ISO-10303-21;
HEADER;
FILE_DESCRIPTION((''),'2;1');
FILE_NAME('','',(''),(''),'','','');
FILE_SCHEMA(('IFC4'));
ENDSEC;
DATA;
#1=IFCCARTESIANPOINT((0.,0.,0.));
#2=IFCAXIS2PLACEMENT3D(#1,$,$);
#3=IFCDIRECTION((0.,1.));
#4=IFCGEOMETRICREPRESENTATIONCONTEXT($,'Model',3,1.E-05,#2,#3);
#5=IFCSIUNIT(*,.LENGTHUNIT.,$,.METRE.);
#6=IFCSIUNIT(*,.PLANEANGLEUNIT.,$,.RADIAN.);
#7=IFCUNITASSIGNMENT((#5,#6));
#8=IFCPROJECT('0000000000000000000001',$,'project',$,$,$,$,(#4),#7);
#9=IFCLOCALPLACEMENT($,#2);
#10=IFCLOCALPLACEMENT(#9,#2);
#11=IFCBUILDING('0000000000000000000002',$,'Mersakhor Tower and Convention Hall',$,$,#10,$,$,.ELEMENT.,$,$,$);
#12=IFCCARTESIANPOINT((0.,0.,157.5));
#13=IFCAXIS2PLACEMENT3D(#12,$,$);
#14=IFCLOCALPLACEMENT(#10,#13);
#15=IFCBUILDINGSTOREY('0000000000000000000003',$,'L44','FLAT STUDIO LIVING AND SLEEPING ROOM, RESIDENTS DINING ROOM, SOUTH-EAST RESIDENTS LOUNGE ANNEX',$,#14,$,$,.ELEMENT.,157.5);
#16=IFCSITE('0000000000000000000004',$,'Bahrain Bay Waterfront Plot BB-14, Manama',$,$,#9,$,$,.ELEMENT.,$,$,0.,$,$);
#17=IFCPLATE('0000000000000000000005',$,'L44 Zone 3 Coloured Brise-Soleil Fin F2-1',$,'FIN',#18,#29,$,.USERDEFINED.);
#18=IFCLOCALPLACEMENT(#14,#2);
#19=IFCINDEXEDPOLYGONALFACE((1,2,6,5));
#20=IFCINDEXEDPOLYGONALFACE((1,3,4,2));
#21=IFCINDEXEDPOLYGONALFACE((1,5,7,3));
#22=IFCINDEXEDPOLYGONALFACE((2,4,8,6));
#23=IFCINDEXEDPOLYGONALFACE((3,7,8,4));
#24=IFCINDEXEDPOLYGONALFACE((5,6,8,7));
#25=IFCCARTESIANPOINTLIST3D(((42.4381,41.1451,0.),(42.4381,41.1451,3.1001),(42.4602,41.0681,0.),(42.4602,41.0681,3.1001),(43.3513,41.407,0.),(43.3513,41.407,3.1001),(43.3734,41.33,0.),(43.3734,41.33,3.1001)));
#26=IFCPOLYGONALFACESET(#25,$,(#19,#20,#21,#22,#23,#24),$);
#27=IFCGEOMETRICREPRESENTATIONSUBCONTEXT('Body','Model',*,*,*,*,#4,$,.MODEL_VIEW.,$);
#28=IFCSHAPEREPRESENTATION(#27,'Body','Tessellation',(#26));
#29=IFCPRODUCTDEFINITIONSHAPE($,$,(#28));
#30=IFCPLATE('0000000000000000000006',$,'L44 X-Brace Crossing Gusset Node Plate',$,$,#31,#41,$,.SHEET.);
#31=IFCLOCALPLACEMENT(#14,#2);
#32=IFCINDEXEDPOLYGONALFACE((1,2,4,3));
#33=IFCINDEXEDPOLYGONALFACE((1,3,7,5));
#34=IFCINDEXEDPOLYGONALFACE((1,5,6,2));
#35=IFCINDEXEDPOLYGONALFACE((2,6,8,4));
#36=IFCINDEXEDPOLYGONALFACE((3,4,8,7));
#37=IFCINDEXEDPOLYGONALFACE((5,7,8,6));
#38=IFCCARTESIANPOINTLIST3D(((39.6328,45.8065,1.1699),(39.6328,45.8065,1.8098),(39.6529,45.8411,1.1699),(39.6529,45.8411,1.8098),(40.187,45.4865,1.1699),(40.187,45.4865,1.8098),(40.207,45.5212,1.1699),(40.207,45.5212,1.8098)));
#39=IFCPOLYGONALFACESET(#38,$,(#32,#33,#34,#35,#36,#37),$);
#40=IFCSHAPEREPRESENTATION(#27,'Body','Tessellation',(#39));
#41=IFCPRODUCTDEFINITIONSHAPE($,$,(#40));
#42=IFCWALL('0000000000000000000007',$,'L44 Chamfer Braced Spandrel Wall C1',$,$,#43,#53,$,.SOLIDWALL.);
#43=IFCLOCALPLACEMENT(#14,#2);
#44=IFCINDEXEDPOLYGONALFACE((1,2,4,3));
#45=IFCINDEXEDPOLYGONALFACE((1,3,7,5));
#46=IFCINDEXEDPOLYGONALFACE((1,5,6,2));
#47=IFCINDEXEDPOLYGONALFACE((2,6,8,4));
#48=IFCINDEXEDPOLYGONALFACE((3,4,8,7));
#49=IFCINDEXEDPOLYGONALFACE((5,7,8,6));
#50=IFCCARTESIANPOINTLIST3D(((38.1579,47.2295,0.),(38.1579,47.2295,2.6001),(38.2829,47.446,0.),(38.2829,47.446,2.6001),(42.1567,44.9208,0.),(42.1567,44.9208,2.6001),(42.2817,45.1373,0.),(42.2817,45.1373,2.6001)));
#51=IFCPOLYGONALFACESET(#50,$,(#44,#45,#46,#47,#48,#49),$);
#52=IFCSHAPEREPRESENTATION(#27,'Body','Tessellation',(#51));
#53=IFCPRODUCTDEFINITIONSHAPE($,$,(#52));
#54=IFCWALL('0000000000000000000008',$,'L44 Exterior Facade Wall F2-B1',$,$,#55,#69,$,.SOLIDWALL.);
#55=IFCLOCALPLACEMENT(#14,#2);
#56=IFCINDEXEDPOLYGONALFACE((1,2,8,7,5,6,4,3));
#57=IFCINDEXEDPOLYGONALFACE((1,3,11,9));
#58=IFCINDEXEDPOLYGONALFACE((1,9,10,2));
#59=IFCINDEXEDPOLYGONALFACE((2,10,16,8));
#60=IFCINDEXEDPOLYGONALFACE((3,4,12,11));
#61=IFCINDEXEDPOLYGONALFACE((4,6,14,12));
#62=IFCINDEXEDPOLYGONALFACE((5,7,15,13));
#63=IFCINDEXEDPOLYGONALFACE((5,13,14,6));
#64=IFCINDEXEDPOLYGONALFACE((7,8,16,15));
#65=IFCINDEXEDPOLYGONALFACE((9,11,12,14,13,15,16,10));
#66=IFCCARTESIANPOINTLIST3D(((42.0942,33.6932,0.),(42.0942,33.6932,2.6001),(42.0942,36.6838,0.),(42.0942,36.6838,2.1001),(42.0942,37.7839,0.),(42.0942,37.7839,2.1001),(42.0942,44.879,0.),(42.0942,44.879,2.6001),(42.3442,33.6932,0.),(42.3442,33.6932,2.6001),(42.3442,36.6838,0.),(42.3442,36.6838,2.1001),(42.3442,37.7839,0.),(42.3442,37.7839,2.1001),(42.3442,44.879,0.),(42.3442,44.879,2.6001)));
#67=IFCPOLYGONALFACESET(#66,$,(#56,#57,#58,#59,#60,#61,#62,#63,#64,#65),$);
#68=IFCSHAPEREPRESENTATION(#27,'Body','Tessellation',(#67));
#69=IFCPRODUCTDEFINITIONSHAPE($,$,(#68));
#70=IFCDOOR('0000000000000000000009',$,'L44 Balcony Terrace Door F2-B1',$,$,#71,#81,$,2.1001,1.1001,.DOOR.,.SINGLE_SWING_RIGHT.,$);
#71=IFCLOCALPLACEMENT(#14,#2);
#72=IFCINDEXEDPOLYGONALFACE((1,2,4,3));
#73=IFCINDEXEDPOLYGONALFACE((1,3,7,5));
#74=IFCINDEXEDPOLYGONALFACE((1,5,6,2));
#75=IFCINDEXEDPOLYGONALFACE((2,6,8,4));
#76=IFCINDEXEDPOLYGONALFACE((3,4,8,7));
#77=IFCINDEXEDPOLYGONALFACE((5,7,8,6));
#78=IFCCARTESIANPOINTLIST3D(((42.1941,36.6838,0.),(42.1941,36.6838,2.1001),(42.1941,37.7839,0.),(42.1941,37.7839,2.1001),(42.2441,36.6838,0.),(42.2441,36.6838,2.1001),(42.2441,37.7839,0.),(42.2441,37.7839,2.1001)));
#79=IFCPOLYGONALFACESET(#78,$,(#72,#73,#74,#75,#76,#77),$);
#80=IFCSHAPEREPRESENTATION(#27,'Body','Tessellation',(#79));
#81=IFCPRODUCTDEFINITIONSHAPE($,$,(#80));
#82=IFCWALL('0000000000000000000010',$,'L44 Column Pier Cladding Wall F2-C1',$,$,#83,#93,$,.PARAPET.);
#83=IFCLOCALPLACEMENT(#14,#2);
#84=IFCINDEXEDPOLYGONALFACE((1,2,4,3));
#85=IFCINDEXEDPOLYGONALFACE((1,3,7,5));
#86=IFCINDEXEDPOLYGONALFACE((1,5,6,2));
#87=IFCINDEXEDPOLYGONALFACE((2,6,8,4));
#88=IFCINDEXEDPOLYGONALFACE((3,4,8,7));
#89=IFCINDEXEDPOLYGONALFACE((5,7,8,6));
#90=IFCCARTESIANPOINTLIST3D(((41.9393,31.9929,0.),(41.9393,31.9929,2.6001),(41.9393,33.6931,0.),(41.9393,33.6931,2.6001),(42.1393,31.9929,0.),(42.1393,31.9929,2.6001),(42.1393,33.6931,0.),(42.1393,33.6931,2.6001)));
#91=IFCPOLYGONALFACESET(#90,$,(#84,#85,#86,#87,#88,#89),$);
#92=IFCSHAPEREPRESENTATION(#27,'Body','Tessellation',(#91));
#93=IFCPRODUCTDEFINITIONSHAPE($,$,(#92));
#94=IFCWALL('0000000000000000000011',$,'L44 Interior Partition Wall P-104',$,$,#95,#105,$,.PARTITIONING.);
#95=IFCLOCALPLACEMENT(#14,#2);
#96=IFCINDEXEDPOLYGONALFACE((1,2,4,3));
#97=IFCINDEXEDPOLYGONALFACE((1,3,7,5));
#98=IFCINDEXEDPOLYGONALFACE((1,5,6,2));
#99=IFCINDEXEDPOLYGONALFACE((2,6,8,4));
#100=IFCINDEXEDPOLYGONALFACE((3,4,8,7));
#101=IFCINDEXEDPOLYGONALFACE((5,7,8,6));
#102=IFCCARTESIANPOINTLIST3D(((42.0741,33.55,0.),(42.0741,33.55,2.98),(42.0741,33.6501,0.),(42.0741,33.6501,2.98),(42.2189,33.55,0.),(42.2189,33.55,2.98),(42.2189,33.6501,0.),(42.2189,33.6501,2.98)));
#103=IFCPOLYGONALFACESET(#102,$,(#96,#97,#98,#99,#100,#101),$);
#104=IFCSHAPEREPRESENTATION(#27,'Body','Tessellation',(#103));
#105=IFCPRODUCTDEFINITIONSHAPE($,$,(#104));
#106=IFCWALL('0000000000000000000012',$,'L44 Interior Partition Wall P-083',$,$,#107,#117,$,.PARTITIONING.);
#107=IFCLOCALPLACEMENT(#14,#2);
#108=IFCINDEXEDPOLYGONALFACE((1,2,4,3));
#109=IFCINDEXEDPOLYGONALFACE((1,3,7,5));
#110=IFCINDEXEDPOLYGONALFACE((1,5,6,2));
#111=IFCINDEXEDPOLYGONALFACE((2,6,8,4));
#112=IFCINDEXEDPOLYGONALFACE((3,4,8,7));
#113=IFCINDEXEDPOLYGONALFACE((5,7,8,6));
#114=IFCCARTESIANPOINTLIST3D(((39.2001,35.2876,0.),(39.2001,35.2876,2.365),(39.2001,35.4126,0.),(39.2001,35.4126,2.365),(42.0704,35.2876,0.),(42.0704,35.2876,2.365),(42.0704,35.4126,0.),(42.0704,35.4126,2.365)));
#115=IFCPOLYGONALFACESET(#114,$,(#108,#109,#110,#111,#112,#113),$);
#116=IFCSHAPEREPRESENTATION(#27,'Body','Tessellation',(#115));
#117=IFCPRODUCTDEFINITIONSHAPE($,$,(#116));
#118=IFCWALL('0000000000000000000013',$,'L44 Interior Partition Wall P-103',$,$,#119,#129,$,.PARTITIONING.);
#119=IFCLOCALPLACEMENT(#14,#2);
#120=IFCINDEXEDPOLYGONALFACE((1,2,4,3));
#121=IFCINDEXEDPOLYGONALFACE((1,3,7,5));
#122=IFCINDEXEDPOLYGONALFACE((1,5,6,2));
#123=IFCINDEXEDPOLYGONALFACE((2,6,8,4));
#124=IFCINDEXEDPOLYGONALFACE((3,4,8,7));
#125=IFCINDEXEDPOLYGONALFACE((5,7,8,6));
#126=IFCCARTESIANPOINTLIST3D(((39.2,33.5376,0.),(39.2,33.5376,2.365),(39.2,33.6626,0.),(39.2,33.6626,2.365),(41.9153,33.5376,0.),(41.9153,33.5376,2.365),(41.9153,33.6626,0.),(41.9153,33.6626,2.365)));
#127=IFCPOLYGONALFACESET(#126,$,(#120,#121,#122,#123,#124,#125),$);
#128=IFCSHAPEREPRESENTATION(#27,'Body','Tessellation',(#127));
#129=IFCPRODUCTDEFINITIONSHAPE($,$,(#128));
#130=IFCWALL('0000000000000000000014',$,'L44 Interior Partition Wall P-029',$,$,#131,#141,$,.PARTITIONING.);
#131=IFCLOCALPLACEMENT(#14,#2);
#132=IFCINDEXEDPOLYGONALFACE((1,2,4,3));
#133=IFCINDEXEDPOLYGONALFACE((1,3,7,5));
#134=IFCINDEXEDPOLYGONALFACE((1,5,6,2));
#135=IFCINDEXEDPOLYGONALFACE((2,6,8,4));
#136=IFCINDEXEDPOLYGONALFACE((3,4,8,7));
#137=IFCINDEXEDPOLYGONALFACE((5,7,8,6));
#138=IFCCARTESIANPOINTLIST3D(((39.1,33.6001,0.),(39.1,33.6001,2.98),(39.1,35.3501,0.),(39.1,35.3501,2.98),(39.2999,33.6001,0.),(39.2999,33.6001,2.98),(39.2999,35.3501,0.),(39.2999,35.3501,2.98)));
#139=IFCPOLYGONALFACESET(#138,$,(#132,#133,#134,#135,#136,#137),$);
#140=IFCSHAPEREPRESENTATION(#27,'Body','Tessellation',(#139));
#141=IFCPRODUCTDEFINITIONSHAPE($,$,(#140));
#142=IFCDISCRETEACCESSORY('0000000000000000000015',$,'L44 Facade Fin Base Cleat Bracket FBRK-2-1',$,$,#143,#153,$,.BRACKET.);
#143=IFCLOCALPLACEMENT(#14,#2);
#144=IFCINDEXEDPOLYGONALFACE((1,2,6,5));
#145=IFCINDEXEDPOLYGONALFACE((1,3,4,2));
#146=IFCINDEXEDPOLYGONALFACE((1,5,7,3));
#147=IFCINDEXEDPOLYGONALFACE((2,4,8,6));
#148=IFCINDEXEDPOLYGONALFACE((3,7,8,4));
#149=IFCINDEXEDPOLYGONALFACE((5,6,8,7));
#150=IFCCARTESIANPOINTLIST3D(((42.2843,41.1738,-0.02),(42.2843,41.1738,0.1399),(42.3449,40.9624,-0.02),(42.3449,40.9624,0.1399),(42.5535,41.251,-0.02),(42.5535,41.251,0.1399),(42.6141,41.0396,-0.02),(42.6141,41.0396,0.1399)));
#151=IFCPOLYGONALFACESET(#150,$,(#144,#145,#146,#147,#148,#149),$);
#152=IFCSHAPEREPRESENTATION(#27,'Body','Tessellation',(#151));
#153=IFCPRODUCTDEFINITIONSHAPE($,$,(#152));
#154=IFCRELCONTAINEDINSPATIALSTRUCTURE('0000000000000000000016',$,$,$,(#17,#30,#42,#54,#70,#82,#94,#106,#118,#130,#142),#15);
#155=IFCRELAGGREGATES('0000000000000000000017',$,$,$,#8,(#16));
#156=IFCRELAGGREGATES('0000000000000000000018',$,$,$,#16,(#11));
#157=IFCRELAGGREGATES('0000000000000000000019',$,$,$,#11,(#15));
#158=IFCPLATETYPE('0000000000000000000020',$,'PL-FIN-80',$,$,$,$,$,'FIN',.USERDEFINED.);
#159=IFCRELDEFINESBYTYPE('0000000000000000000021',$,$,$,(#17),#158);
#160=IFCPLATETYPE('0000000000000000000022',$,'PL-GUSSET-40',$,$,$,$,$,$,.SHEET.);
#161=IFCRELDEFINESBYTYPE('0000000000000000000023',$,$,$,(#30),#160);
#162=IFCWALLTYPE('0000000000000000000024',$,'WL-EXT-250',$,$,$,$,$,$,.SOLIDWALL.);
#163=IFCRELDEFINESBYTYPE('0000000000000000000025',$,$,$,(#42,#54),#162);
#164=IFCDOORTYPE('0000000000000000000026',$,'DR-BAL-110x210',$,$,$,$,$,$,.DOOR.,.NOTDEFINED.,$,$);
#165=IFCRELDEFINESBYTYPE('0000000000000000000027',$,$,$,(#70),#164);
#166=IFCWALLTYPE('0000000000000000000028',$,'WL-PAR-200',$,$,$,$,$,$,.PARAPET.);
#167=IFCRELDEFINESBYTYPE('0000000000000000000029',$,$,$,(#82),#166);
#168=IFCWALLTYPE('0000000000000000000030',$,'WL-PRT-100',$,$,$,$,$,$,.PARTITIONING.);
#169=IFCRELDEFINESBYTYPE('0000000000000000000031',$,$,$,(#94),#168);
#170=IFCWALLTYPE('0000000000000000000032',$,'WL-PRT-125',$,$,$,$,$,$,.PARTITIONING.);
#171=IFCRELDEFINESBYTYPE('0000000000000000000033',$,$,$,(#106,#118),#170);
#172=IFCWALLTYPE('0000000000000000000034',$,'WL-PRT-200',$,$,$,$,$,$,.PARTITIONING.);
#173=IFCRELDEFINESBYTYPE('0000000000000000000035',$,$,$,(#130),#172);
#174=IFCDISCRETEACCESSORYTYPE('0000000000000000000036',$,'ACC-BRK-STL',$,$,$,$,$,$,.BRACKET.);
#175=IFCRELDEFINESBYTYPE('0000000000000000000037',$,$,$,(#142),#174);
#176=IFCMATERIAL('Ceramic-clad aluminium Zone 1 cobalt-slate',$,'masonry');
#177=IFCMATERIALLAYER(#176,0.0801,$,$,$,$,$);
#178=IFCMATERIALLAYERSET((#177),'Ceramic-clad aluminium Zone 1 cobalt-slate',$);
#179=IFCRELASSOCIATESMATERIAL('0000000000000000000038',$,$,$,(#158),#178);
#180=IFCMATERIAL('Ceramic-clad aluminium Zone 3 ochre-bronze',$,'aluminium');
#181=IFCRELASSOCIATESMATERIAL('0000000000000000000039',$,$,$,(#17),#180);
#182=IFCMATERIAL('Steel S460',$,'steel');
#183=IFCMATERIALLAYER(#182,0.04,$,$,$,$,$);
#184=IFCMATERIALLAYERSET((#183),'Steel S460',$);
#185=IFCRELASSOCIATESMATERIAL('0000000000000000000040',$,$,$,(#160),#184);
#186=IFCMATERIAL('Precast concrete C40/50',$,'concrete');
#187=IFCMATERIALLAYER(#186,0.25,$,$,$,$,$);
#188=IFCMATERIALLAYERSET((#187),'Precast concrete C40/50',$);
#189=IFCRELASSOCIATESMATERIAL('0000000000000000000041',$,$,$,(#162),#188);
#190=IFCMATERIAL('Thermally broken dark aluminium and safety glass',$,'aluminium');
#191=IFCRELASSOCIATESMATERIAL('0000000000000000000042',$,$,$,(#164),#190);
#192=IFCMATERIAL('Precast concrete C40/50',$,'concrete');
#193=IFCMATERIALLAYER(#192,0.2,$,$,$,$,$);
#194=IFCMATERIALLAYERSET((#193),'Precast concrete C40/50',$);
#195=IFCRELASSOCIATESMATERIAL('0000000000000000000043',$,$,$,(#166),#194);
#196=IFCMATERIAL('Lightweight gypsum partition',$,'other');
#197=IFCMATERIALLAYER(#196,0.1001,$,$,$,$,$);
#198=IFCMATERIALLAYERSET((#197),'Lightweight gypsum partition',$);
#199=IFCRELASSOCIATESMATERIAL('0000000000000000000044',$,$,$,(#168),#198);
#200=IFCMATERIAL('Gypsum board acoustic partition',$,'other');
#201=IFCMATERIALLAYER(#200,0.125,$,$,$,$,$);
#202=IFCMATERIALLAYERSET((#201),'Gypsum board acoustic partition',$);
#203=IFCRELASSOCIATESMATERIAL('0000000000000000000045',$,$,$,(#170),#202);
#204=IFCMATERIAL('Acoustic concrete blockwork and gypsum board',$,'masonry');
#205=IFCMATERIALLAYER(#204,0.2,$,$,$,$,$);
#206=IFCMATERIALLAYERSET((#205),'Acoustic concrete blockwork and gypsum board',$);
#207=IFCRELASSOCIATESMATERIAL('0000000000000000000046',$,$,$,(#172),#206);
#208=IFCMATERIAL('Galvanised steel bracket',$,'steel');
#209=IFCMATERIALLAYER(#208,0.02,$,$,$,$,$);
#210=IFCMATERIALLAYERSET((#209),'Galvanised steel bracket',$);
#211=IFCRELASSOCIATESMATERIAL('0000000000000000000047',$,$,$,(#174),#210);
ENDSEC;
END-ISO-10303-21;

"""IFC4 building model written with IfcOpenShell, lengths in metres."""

from ifc_helpers import new_model, si_unit, direction, frame, frame_2d, origin, origin_2d, place, context, subcontext, project, spatial, rectangle, extrude, material, layer, layer_set, type_object, element, fill, save


model = new_model("IFC4")

# Units and contexts
model_context = context("Model", 3, precision=1e-05, world=origin(), true_north=direction((0.0, 1.0)))
body_context = subcontext(model_context, "Body", "Model", "MODEL_VIEW")
ifc_project = project(units=[si_unit("LENGTHUNIT", "METRE"), si_unit("PLANEANGLEUNIT", "RADIAN")], contexts=[model_context])

# Site, building, storey
site_placement = place(None, origin())
site = spatial("IfcSite", under=ifc_project, at=site_placement, Name="Bahrain Bay Waterfront Plot BB-14, Manama", CompositionType="ELEMENT", RefElevation=0.0)
building_placement = place(site_placement, origin())
building = spatial("IfcBuilding", under=site, at=building_placement, Name="Mersakhor Tower and Convention Hall", CompositionType="ELEMENT")
storey_placement = place(building_placement, frame((0.0, 0.0, 157.5)))
storey = spatial("IfcBuildingStorey", under=building, at=storey_placement, Name="L44", Description="FLAT STUDIO LIVING AND SLEEPING ROOM, RESIDENTS DINING ROOM, SOUTH-EAST RESIDENTS LOUNGE ANNEX", CompositionType="ELEMENT", Elevation=157.5)

# Plates
ifc_material_1 = material(Name="Ceramic-clad aluminium Zone 3 ochre-bronze", Category="aluminium")
ifc_material_2 = material(Name="Ceramic-clad aluminium Zone 1 cobalt-slate", Category="masonry")
ifc_layer_1 = layer(ifc_material_2, 0.0801)
ifc_layer_set_1 = layer_set([ifc_layer_1], Name="Ceramic-clad aluminium Zone 1 cobalt-slate")
plate_type_1 = type_object("IfcPlateType", Name="PL-FIN-80", ElementType="FIN", PredefinedType="USERDEFINED", material=ifc_layer_set_1)
plate_1_placement = place(storey_placement, frame((42.9058, 41.2375, 0.0), z_axis=(0.0, 0.0, 1.0), x_axis=(0.961262, 0.275637, 0.0)))
element("IfcPlate", 1, at=plate_1_placement, inside=storey, type_object=plate_type_1, material=ifc_material_1, Name="L44 Zone 3 Coloured Brise-Soleil Fin F2-1", ObjectType="FIN", PredefinedType="USERDEFINED", context=body_context, shape_type="SweptSolid", body=[
    extrude(rectangle(XDim=0.95, YDim=0.0801, at=origin_2d()), origin(), (0.0, 0.0, 1.0), 3.1001),
])
ifc_material_3 = material(Name="Steel S460", Category="steel")
ifc_layer_2 = layer(ifc_material_3, 0.04)
ifc_layer_set_2 = layer_set([ifc_layer_2], Name="Steel S460")
plate_type_2 = type_object("IfcPlateType", Name="PL-GUSSET-40", PredefinedType="SHEET", material=ifc_layer_set_2)
plate_2_placement = place(storey_placement, frame((39.9199, 45.6638, 1.1699), z_axis=(0.0, 0.0, 1.0), x_axis=(-0.866025, 0.5, 0.0)))
element("IfcPlate", 2, at=plate_2_placement, inside=storey, type_object=plate_type_2, Name="L44 X-Brace Crossing Gusset Node Plate", PredefinedType="SHEET", context=body_context, shape_type="SweptSolid", body=[
    extrude(rectangle(XDim=0.6399, YDim=0.04, at=origin_2d()), origin(), (0.0, 0.0, 1.0), 0.6399),
])

# Wall
ifc_material_4 = material(Name="Precast concrete C40/50", Category="concrete")
ifc_layer_3 = layer(ifc_material_4, 0.25)
ifc_layer_set_3 = layer_set([ifc_layer_3], Name="Precast concrete C40/50")
wall_type_1 = type_object("IfcWallType", Name="WL-EXT-250", PredefinedType="SOLIDWALL", material=ifc_layer_set_3)
wall_1_placement = place(storey_placement, frame((38.2205, 47.3376, 0.0), z_axis=(0.0, 0.0, 1.0), x_axis=(0.866035, -0.499983, 0.0)))
element("IfcWall", 3, at=wall_1_placement, inside=storey, type_object=wall_type_1, Name="L44 Chamfer Braced Spandrel Wall C1", PredefinedType="SOLIDWALL", context=body_context, shape_type="SweptSolid", body=[
    extrude(rectangle(XDim=4.6174, YDim=0.25, at=frame_2d((2.3086, 0.0))), origin(), (0.0, 0.0, 1.0), 2.6001),
])

# Wall, opening, door
wall_2_placement = place(storey_placement, frame((42.2192, 44.8789, 0.0), z_axis=(0.0, 0.0, 1.0), x_axis=(0.0, -1.0, 0.0)))
wall_2 = element("IfcWall", 4, at=wall_2_placement, inside=storey, type_object=wall_type_1, Name="L44 Exterior Facade Wall F2-B1", PredefinedType="SOLIDWALL", context=body_context, shape_type="SweptSolid", body=[
    extrude(rectangle(XDim=11.1858, YDim=0.25, at=frame_2d((5.5928, 0.0))), origin(), (0.0, 0.0, 1.0), 2.6001),
])
opening_placement = place(wall_2_placement, frame((7.095, 0.0, 0.0)))
opening = element("IfcOpeningElement", 5, at=opening_placement, cuts=wall_2, PredefinedType="OPENING", context=body_context, shape_type="SweptSolid", body=[
    extrude(rectangle(XDim=1.1001, YDim=2.1001, at=frame_2d((0.55, 1.05))), frame((0.0, 0.135, 0.0), z_axis=(0.0, -1.0, 0.0), x_axis=(1.0, 0.0, 0.0)), (0.0, 0.0, 1.0), 0.27),
])
ifc_material_5 = material(Name="Thermally broken dark aluminium and safety glass", Category="aluminium")
door_type = type_object("IfcDoorType", Name="DR-BAL-110x210", OperationType="NOTDEFINED", PredefinedType="DOOR", material=ifc_material_5)
door_placement = place(opening_placement, origin())
door = element("IfcDoor", 6, at=door_placement, inside=storey, type_object=door_type, Name="L44 Balcony Terrace Door F2-B1", OperationType="SINGLE_SWING_RIGHT", OverallHeight=2.1001, OverallWidth=1.1001, PredefinedType="DOOR", context=body_context, shape_type="SweptSolid", body=[
    extrude(rectangle(XDim=1.1001, YDim=2.1001, at=frame_2d((0.55, 1.05))), frame((0.0, 0.0249, 0.0), z_axis=(0.0, -1.0, 0.0), x_axis=(1.0, 0.0, 0.0)), (0.0, 0.0, 1.0), 0.05),
])
fill(opening, door)

# Walls
ifc_material_6 = material(Name="Precast concrete C40/50", Category="concrete")
ifc_layer_4 = layer(ifc_material_6, 0.2)
ifc_layer_set_4 = layer_set([ifc_layer_4], Name="Precast concrete C40/50")
wall_type_2 = type_object("IfcWallType", Name="WL-PAR-200", PredefinedType="PARAPET", material=ifc_layer_set_4)
wall_3_placement = place(storey_placement, frame((42.0393, 33.6931, 0.0), z_axis=(0.0, 0.0, 1.0), x_axis=(0.0, -1.0, 0.0)))
element("IfcWall", 7, at=wall_3_placement, inside=storey, type_object=wall_type_2, Name="L44 Column Pier Cladding Wall F2-C1", PredefinedType="PARAPET", context=body_context, shape_type="SweptSolid", body=[
    extrude(rectangle(XDim=1.7002, YDim=0.2, at=frame_2d((0.8501, 0.0))), origin(), (0.0, 0.0, 1.0), 2.6001),
])
ifc_material_7 = material(Name="Lightweight gypsum partition", Category="other")
ifc_layer_5 = layer(ifc_material_7, 0.1001)
ifc_layer_set_5 = layer_set([ifc_layer_5], Name="Lightweight gypsum partition")
wall_type_3 = type_object("IfcWallType", Name="WL-PRT-100", PredefinedType="PARTITIONING", material=ifc_layer_set_5)
wall_4_placement = place(storey_placement, frame((42.0742, 33.6001, 0.0), z_axis=(0.0, 0.0, 1.0), x_axis=(1.0, 0.0, 0.0)))
element("IfcWall", 8, at=wall_4_placement, inside=storey, type_object=wall_type_3, Name="L44 Interior Partition Wall P-104", PredefinedType="PARTITIONING", context=body_context, shape_type="SweptSolid", body=[
    extrude(rectangle(XDim=0.1448, YDim=0.1001, at=frame_2d((0.0723, 0.0))), origin(), (0.0, 0.0, 1.0), 2.98),
])
ifc_material_8 = material(Name="Gypsum board acoustic partition", Category="other")
ifc_layer_6 = layer(ifc_material_8, 0.125)
ifc_layer_set_6 = layer_set([ifc_layer_6], Name="Gypsum board acoustic partition")
wall_type_4 = type_object("IfcWallType", Name="WL-PRT-125", PredefinedType="PARTITIONING", material=ifc_layer_set_6)
wall_5_placement = place(storey_placement, frame((42.0703, 35.3501, 0.0), z_axis=(0.0, 0.0, 1.0), x_axis=(-1.0, 0.0, 0.0)))
element("IfcWall", 9, at=wall_5_placement, inside=storey, type_object=wall_type_4, Name="L44 Interior Partition Wall P-083", PredefinedType="PARTITIONING", context=body_context, shape_type="SweptSolid", body=[
    extrude(rectangle(XDim=2.8704, YDim=0.125, at=frame_2d((1.4351, 0.0))), origin(), (0.0, 0.0, 1.0), 2.365),
])
wall_6_placement = place(storey_placement, frame((39.2, 33.6001, 0.0), z_axis=(0.0, 0.0, 1.0), x_axis=(1.0, 0.0, 0.0)))
element("IfcWall", 10, at=wall_6_placement, inside=storey, type_object=wall_type_4, Name="L44 Interior Partition Wall P-103", PredefinedType="PARTITIONING", context=body_context, shape_type="SweptSolid", body=[
    extrude(rectangle(XDim=2.7153, YDim=0.125, at=frame_2d((1.3577, 0.0))), origin(), (0.0, 0.0, 1.0), 2.365),
])
ifc_material_9 = material(Name="Acoustic concrete blockwork and gypsum board", Category="masonry")
ifc_layer_7 = layer(ifc_material_9, 0.2)
ifc_layer_set_7 = layer_set([ifc_layer_7], Name="Acoustic concrete blockwork and gypsum board")
wall_type_5 = type_object("IfcWallType", Name="WL-PRT-200", PredefinedType="PARTITIONING", material=ifc_layer_set_7)
wall_7_placement = place(storey_placement, frame((39.2, 35.3501, 0.0), z_axis=(0.0, 0.0, 1.0), x_axis=(0.0, -1.0, 0.0)))
element("IfcWall", 11, at=wall_7_placement, inside=storey, type_object=wall_type_5, Name="L44 Interior Partition Wall P-029", PredefinedType="PARTITIONING", context=body_context, shape_type="SweptSolid", body=[
    extrude(rectangle(XDim=1.75, YDim=0.2, at=frame_2d((0.875, 0.0))), origin(), (0.0, 0.0, 1.0), 2.98),
])

# Discrete accessory
ifc_material_10 = material(Name="Galvanised steel bracket", Category="steel")
ifc_layer_8 = layer(ifc_material_10, 0.02)
ifc_layer_set_8 = layer_set([ifc_layer_8], Name="Galvanised steel bracket")
discrete_accessory_type = type_object("IfcDiscreteAccessoryType", Name="ACC-BRK-STL", PredefinedType="BRACKET", material=ifc_layer_set_8)
discrete_accessory_placement = place(storey_placement, frame((42.4492, 41.1067, -0.02), z_axis=(0.0, 0.0, 1.0), x_axis=(0.961262, 0.275637, 0.0)))
element("IfcDiscreteAccessory", 12, at=discrete_accessory_placement, inside=storey, type_object=discrete_accessory_type, Name="L44 Facade Fin Base Cleat Bracket FBRK-2-1", PredefinedType="BRACKET", context=body_context, shape_type="SweptSolid", body=[
    extrude(rectangle(XDim=0.28, YDim=0.22, at=origin_2d()), origin(), (0.0, 0.0, 1.0), 0.1599),
])

save(model, "model.ifc")
